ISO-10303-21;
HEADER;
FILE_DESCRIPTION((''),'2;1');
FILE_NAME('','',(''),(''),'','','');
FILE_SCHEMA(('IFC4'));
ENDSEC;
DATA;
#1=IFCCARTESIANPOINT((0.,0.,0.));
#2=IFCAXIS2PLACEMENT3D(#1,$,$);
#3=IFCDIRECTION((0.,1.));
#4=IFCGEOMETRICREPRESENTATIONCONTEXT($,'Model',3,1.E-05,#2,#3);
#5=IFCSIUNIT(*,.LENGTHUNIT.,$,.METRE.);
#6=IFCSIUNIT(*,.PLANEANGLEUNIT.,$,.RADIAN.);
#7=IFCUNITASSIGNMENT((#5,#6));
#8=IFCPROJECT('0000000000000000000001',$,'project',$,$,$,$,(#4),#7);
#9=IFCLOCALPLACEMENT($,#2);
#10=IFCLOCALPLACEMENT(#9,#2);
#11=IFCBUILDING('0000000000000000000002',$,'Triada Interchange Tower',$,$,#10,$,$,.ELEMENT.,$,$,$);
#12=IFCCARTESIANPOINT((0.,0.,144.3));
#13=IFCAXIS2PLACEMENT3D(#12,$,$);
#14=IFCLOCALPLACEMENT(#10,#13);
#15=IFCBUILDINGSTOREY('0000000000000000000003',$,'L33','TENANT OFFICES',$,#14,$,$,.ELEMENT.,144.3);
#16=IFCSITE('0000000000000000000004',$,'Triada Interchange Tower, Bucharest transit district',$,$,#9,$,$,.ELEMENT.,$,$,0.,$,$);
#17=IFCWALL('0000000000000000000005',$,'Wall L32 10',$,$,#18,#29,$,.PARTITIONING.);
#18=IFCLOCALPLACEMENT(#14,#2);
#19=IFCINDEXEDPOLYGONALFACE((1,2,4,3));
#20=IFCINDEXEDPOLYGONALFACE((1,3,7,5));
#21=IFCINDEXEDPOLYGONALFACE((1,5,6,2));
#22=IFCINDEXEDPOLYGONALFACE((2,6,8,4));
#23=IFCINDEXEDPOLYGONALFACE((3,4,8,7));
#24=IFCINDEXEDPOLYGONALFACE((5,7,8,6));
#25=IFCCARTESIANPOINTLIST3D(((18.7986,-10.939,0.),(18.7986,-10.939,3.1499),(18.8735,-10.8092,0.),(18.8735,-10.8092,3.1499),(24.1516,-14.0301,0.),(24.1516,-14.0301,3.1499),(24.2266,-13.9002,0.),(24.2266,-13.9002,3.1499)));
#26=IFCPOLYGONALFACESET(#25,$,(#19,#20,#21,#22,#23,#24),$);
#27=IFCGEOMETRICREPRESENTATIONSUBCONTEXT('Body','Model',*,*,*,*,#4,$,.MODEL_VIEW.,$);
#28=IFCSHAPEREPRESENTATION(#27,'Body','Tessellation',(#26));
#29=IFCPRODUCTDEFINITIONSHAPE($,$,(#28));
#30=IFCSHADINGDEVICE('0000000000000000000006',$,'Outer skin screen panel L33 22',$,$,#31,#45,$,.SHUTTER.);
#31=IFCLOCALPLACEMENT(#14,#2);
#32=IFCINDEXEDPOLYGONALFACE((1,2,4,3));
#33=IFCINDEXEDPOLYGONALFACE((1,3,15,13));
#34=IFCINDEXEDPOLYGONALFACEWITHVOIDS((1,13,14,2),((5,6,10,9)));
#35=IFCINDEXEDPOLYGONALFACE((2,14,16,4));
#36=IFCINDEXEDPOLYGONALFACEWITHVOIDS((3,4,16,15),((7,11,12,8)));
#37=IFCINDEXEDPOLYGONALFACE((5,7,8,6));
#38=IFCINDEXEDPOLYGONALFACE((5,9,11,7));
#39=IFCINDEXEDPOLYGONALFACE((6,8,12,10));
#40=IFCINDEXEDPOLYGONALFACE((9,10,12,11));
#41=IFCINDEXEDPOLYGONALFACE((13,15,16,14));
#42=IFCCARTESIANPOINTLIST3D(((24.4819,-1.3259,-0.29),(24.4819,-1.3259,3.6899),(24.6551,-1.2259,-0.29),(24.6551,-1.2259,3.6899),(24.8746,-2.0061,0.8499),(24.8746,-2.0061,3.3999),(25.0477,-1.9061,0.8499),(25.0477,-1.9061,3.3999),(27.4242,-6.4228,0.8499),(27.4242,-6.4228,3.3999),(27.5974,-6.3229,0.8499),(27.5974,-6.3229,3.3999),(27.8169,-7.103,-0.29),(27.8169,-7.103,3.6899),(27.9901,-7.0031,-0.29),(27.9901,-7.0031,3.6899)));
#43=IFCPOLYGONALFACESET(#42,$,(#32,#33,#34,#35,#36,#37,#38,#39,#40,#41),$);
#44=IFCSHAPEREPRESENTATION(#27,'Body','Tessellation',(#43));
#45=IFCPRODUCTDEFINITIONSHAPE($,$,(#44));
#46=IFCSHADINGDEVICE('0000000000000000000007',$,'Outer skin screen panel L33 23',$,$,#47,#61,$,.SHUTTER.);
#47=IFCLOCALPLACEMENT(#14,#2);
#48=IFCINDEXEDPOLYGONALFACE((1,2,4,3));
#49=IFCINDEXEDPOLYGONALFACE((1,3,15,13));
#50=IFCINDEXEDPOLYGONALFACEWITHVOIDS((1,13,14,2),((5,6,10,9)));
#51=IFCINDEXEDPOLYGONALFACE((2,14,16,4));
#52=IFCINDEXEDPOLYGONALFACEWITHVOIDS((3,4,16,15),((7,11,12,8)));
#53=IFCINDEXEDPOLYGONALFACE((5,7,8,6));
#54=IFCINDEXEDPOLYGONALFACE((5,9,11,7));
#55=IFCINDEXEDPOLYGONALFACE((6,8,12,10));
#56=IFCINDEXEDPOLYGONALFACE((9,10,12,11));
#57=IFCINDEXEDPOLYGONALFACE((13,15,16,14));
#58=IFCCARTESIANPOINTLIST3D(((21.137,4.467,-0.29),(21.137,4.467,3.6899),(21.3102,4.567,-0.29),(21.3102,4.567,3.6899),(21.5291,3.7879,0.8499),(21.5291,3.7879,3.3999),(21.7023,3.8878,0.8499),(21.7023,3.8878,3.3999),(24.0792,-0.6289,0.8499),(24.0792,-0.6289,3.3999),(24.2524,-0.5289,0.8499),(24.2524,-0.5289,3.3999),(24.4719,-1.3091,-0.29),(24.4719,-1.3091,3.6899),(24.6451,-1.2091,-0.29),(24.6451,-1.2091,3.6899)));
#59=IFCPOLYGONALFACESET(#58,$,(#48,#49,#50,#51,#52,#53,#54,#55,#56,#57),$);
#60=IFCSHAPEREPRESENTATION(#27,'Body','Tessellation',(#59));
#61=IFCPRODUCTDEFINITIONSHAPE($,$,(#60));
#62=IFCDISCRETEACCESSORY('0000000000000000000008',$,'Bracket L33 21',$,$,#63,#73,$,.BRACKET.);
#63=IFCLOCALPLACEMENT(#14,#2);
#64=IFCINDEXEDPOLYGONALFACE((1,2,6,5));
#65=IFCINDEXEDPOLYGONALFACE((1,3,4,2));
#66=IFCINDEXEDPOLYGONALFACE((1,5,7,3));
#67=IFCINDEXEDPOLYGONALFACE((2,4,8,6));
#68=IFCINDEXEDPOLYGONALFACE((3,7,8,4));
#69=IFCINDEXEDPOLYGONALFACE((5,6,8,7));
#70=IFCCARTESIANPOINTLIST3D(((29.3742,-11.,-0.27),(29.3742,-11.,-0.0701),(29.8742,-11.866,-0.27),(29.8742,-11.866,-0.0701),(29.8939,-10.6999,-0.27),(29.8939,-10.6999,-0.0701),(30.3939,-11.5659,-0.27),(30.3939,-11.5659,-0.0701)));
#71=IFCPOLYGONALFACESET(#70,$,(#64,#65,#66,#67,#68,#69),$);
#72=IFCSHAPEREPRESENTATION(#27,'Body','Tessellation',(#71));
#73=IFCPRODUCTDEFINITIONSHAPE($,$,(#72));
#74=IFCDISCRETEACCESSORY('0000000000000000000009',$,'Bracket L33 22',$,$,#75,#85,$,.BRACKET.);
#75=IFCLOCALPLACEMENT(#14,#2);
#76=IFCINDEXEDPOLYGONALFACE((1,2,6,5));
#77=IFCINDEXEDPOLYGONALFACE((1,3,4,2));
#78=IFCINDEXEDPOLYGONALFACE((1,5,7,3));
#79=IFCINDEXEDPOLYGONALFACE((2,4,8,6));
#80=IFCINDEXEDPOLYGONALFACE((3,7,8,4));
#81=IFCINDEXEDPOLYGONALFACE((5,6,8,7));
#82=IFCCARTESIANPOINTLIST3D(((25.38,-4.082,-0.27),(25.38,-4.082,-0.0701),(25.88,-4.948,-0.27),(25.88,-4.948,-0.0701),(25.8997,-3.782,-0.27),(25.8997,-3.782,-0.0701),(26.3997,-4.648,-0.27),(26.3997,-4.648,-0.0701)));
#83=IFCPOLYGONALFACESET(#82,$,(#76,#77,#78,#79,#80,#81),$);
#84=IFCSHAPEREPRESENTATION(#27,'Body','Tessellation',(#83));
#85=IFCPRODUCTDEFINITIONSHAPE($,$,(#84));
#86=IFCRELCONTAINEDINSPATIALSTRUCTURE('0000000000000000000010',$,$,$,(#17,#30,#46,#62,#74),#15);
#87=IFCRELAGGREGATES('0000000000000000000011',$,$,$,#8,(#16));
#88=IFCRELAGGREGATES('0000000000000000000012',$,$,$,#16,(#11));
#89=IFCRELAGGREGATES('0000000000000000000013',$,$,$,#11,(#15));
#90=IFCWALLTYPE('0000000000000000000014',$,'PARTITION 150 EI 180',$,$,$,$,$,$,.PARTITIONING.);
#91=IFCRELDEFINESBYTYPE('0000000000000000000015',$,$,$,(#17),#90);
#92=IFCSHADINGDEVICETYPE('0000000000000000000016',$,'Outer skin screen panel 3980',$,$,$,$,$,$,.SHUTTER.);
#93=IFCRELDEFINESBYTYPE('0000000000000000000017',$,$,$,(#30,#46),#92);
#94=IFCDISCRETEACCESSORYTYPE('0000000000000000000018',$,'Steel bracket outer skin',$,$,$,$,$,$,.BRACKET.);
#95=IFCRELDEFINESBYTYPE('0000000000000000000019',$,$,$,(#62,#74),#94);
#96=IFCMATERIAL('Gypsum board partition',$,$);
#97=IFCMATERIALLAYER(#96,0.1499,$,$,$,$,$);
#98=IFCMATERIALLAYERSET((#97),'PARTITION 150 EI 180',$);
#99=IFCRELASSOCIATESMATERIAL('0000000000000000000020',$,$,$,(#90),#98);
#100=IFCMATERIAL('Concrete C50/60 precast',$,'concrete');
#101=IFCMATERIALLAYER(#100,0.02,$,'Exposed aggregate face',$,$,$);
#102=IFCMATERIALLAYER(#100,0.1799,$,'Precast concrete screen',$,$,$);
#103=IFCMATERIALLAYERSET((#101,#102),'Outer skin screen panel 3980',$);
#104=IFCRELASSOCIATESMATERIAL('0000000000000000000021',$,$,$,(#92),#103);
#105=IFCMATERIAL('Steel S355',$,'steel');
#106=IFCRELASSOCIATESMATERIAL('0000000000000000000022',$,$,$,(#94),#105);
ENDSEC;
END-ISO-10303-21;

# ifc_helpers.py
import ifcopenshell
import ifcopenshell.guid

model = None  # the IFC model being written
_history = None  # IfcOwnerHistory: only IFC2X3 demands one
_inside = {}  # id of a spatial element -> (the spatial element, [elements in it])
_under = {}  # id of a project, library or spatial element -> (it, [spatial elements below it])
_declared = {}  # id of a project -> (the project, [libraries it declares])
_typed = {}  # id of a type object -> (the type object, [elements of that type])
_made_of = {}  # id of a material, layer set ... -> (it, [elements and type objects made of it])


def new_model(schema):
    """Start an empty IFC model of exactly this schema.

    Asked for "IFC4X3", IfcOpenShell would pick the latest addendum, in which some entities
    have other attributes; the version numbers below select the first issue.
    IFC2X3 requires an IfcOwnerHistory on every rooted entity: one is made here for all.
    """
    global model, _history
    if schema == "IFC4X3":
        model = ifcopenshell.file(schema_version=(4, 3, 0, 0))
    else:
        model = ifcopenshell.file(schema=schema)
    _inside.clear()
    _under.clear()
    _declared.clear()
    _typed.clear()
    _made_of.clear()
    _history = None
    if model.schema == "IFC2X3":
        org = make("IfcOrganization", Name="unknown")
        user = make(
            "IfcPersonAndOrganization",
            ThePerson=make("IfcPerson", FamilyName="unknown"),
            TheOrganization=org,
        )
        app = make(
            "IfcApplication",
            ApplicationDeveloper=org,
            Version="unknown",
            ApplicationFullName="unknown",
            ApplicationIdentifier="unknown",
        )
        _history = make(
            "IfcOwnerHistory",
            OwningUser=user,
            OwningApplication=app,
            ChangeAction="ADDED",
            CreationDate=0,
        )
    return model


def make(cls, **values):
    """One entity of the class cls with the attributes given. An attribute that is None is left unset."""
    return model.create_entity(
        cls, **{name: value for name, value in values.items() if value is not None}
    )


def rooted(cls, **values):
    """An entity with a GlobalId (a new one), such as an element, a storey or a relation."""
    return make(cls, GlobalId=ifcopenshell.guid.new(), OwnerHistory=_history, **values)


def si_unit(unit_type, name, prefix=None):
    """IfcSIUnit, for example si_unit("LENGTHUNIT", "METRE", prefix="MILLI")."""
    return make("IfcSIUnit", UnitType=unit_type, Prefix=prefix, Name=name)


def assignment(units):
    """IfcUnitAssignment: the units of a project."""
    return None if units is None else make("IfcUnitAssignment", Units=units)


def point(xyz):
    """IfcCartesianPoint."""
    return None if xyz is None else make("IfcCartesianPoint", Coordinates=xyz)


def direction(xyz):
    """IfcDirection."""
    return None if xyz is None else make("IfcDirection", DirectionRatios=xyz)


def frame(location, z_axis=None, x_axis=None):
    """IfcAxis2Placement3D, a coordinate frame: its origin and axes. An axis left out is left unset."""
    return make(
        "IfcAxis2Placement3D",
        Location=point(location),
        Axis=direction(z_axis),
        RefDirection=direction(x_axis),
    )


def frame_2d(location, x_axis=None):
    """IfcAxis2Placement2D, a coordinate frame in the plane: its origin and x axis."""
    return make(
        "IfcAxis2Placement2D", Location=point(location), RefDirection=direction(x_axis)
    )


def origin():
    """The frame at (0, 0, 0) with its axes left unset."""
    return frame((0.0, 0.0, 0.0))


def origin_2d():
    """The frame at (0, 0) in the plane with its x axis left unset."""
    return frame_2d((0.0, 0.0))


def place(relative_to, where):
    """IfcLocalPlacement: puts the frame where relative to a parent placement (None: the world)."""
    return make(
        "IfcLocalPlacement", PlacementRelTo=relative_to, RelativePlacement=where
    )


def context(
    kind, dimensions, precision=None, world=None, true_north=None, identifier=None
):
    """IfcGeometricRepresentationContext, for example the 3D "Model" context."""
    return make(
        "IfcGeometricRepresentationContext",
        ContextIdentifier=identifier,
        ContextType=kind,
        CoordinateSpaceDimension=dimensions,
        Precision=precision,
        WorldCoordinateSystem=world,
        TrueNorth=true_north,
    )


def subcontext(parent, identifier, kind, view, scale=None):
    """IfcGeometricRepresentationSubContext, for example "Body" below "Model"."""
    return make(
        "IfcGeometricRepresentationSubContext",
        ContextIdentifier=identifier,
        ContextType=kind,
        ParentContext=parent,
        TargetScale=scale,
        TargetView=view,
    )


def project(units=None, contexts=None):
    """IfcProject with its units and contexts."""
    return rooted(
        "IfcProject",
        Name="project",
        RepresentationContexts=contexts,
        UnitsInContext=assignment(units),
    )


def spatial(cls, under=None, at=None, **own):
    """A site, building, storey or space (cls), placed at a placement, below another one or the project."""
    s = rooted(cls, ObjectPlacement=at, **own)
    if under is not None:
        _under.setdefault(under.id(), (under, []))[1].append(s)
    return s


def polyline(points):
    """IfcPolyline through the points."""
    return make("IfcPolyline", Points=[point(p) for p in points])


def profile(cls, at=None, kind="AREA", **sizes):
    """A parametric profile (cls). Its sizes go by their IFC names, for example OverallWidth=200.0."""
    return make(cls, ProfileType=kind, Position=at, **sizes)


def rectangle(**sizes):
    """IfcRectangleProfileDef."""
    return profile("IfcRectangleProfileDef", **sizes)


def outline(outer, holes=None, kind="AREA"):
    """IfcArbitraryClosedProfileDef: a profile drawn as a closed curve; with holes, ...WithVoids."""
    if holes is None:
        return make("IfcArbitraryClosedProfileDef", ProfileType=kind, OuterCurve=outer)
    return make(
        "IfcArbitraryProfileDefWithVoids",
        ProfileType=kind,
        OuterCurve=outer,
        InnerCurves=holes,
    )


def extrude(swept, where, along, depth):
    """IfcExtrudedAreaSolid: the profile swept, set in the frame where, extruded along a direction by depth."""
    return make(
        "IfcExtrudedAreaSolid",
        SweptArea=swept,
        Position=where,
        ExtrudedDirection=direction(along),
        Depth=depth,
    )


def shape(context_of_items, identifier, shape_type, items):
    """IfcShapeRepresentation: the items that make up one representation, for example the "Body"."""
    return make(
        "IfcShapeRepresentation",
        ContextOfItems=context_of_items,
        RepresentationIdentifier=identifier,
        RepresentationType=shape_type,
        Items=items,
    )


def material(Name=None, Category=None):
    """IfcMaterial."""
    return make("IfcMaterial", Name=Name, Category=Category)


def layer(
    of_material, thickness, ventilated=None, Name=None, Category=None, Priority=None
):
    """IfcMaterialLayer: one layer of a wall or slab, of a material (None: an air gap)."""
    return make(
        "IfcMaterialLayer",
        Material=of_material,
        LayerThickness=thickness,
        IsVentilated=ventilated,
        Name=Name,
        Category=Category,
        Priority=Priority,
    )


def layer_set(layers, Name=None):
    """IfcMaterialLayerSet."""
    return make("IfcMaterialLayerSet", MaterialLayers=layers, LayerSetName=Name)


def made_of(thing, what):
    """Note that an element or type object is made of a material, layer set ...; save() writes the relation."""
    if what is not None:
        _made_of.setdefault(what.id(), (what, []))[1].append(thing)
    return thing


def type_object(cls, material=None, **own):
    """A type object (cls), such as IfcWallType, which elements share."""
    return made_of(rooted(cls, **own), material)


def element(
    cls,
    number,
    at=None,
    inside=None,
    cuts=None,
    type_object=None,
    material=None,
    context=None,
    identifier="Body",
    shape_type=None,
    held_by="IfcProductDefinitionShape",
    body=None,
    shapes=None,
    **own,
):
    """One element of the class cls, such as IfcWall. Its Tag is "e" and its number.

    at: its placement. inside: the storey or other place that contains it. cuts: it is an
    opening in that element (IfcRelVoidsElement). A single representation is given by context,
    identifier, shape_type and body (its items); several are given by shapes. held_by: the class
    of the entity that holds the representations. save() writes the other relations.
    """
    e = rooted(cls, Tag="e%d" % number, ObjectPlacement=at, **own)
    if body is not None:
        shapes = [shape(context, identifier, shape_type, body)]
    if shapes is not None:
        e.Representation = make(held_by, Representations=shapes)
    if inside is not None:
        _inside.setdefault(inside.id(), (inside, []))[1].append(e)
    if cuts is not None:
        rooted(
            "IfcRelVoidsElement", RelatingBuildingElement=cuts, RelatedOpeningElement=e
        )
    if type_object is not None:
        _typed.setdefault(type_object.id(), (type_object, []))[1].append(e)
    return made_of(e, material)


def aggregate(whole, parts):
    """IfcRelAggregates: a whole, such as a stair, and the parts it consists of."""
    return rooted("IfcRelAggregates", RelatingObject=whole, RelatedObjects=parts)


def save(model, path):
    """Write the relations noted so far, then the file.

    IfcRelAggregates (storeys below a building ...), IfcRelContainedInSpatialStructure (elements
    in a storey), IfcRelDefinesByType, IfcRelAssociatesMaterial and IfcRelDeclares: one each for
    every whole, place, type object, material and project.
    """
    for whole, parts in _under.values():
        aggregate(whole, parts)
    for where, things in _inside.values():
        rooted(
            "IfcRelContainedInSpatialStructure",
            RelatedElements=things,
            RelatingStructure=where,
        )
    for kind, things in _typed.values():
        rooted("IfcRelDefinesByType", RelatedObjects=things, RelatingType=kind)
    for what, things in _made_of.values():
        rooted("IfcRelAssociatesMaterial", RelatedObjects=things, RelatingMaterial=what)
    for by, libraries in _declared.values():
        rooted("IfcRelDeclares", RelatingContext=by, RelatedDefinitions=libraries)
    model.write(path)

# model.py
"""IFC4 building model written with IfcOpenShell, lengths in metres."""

from ifc_helpers import new_model, si_unit, direction, frame, frame_2d, origin, origin_2d, place, context, subcontext, project, spatial, polyline, rectangle, outline, extrude, material, layer, layer_set, type_object, element, save


model = new_model("IFC4")

# Units and contexts
model_context = context("Model", 3, precision=1e-05, world=origin(), true_north=direction((0.0, 1.0)))
body_context = subcontext(model_context, "Body", "Model", "MODEL_VIEW")
ifc_project = project(units=[si_unit("LENGTHUNIT", "METRE"), si_unit("PLANEANGLEUNIT", "RADIAN")], contexts=[model_context])

# Site, building, storey
site_placement = place(None, origin())
site = spatial("IfcSite", under=ifc_project, at=site_placement, Name="Triada Interchange Tower, Bucharest transit district", CompositionType="ELEMENT", RefElevation=0.0)
building_placement = place(site_placement, origin())
building = spatial("IfcBuilding", under=site, at=building_placement, Name="Triada Interchange Tower", CompositionType="ELEMENT")
storey_placement = place(building_placement, frame((0.0, 0.0, 144.3)))
storey = spatial("IfcBuildingStorey", under=building, at=storey_placement, Name="L33", Description="TENANT OFFICES", CompositionType="ELEMENT", Elevation=144.3)

# Wall
ifc_material_1 = material(Name="Gypsum board partition")
ifc_layer_1 = layer(ifc_material_1, 0.1499)
ifc_layer_set_1 = layer_set([ifc_layer_1], Name="PARTITION 150 EI 180")
wall_type_1 = type_object("IfcWallType", Name="PARTITION 150 EI 180", PredefinedType="PARTITIONING", material=ifc_layer_set_1)
wall_1_placement = place(storey_placement, frame((18.8359, -10.874, 0.0), z_axis=(0.0, 0.0, 1.0), x_axis=(0.865991, -0.50006, 0.0)))
element("IfcWall", 1, at=wall_1_placement, inside=storey, type_object=wall_type_1, Name="Wall L32 10", PredefinedType="PARTITIONING", context=body_context, shape_type="SweptSolid", body=[
    extrude(rectangle(XDim=6.1814, YDim=0.1499, at=frame_2d((3.0908, 0.0))), origin(), (0.0, 0.0, 1.0), 3.1499),
])

# Shading devices
ifc_material_2 = material(Name="Concrete C50/60 precast", Category="concrete")
ifc_layer_2 = layer(ifc_material_2, 0.02, Name="Exposed aggregate face")
ifc_layer_3 = layer(ifc_material_2, 0.1799, Name="Precast concrete screen")
ifc_layer_set_2 = layer_set([ifc_layer_2, ifc_layer_3], Name="Outer skin screen panel 3980")
shading_device_type = type_object("IfcShadingDeviceType", Name="Outer skin screen panel 3980", PredefinedType="SHUTTER", material=ifc_layer_set_2)
shading_device_1_placement = place(storey_placement, frame((27.8169, -7.103, -0.29), z_axis=(0.0, 0.0, 1.0), x_axis=(-0.49995, 0.866055, 0.0)))
element("IfcShadingDevice", 2, at=shading_device_1_placement, inside=storey, type_object=shading_device_type, Name="Outer skin screen panel L33 22", PredefinedType="SHUTTER", context=body_context, shape_type="SweptSolid", body=[
    extrude(outline(polyline([(0.0, 0.0), (6.6707, 0.0), (6.6707, 3.98), (0.0, 3.98), (0.0, 0.0)]), holes=[polyline([(0.7854, 1.1399), (0.7854, 3.6899), (5.8853, 3.6899), (5.8853, 1.1399), (0.7854, 1.1399)])]), frame((0.0, 0.0, 0.0), z_axis=(0.0, -1.0, 0.0), x_axis=(1.0, 0.0, 0.0)), (0.0, 0.0, 1.0), 0.2),
])
shading_device_2_placement = place(storey_placement, frame((24.4719, -1.3091, -0.29), z_axis=(0.0, 0.0, 1.0), x_axis=(-0.500013, 0.866018, 0.0)))
element("IfcShadingDevice", 3, at=shading_device_2_placement, inside=storey, type_object=shading_device_type, Name="Outer skin screen panel L33 23", PredefinedType="SHUTTER", context=body_context, shape_type="SweptSolid", body=[
    extrude(outline(polyline([(0.0, 0.0), (6.6697, 0.0), (6.6697, 3.98), (0.0, 3.98), (0.0, 0.0)]), holes=[polyline([(0.7854, 1.1399), (0.7854, 3.6899), (5.8855, 3.6899), (5.8855, 1.1399), (0.7854, 1.1399)])]), frame((0.0, 0.0, 0.0), z_axis=(0.0, -1.0, 0.0), x_axis=(1.0, 0.0, 0.0)), (0.0, 0.0, 1.0), 0.2),
])

# Discrete accessories
ifc_material_3 = material(Name="Steel S355", Category="steel")
discrete_accessory_type = type_object("IfcDiscreteAccessoryType", Name="Steel bracket outer skin", PredefinedType="BRACKET", material=ifc_material_3)
for number, where, z_axis, x_axis, name in (
    (4, (29.884, -11.283, -0.27), (0.0, 0.0, 1.0), (0.866021, 0.500007, 0.0), "Bracket L33 21"),
    (5, (25.8899, -4.365, -0.27), (0.0, 0.0, 1.0), (0.866021, 0.500007, 0.0), "Bracket L33 22"),
):
    element("IfcDiscreteAccessory", number, at=place(storey_placement, frame(where, z_axis=z_axis, x_axis=x_axis)), inside=storey, type_object=discrete_accessory_type, Name=name, PredefinedType="BRACKET", context=body_context, shape_type="SweptSolid", body=[
        extrude(rectangle(XDim=0.6001, YDim=1.0, at=origin_2d()), origin(), (0.0, 0.0, 1.0), 0.2),
    ])

save(model, "model.ifc")
